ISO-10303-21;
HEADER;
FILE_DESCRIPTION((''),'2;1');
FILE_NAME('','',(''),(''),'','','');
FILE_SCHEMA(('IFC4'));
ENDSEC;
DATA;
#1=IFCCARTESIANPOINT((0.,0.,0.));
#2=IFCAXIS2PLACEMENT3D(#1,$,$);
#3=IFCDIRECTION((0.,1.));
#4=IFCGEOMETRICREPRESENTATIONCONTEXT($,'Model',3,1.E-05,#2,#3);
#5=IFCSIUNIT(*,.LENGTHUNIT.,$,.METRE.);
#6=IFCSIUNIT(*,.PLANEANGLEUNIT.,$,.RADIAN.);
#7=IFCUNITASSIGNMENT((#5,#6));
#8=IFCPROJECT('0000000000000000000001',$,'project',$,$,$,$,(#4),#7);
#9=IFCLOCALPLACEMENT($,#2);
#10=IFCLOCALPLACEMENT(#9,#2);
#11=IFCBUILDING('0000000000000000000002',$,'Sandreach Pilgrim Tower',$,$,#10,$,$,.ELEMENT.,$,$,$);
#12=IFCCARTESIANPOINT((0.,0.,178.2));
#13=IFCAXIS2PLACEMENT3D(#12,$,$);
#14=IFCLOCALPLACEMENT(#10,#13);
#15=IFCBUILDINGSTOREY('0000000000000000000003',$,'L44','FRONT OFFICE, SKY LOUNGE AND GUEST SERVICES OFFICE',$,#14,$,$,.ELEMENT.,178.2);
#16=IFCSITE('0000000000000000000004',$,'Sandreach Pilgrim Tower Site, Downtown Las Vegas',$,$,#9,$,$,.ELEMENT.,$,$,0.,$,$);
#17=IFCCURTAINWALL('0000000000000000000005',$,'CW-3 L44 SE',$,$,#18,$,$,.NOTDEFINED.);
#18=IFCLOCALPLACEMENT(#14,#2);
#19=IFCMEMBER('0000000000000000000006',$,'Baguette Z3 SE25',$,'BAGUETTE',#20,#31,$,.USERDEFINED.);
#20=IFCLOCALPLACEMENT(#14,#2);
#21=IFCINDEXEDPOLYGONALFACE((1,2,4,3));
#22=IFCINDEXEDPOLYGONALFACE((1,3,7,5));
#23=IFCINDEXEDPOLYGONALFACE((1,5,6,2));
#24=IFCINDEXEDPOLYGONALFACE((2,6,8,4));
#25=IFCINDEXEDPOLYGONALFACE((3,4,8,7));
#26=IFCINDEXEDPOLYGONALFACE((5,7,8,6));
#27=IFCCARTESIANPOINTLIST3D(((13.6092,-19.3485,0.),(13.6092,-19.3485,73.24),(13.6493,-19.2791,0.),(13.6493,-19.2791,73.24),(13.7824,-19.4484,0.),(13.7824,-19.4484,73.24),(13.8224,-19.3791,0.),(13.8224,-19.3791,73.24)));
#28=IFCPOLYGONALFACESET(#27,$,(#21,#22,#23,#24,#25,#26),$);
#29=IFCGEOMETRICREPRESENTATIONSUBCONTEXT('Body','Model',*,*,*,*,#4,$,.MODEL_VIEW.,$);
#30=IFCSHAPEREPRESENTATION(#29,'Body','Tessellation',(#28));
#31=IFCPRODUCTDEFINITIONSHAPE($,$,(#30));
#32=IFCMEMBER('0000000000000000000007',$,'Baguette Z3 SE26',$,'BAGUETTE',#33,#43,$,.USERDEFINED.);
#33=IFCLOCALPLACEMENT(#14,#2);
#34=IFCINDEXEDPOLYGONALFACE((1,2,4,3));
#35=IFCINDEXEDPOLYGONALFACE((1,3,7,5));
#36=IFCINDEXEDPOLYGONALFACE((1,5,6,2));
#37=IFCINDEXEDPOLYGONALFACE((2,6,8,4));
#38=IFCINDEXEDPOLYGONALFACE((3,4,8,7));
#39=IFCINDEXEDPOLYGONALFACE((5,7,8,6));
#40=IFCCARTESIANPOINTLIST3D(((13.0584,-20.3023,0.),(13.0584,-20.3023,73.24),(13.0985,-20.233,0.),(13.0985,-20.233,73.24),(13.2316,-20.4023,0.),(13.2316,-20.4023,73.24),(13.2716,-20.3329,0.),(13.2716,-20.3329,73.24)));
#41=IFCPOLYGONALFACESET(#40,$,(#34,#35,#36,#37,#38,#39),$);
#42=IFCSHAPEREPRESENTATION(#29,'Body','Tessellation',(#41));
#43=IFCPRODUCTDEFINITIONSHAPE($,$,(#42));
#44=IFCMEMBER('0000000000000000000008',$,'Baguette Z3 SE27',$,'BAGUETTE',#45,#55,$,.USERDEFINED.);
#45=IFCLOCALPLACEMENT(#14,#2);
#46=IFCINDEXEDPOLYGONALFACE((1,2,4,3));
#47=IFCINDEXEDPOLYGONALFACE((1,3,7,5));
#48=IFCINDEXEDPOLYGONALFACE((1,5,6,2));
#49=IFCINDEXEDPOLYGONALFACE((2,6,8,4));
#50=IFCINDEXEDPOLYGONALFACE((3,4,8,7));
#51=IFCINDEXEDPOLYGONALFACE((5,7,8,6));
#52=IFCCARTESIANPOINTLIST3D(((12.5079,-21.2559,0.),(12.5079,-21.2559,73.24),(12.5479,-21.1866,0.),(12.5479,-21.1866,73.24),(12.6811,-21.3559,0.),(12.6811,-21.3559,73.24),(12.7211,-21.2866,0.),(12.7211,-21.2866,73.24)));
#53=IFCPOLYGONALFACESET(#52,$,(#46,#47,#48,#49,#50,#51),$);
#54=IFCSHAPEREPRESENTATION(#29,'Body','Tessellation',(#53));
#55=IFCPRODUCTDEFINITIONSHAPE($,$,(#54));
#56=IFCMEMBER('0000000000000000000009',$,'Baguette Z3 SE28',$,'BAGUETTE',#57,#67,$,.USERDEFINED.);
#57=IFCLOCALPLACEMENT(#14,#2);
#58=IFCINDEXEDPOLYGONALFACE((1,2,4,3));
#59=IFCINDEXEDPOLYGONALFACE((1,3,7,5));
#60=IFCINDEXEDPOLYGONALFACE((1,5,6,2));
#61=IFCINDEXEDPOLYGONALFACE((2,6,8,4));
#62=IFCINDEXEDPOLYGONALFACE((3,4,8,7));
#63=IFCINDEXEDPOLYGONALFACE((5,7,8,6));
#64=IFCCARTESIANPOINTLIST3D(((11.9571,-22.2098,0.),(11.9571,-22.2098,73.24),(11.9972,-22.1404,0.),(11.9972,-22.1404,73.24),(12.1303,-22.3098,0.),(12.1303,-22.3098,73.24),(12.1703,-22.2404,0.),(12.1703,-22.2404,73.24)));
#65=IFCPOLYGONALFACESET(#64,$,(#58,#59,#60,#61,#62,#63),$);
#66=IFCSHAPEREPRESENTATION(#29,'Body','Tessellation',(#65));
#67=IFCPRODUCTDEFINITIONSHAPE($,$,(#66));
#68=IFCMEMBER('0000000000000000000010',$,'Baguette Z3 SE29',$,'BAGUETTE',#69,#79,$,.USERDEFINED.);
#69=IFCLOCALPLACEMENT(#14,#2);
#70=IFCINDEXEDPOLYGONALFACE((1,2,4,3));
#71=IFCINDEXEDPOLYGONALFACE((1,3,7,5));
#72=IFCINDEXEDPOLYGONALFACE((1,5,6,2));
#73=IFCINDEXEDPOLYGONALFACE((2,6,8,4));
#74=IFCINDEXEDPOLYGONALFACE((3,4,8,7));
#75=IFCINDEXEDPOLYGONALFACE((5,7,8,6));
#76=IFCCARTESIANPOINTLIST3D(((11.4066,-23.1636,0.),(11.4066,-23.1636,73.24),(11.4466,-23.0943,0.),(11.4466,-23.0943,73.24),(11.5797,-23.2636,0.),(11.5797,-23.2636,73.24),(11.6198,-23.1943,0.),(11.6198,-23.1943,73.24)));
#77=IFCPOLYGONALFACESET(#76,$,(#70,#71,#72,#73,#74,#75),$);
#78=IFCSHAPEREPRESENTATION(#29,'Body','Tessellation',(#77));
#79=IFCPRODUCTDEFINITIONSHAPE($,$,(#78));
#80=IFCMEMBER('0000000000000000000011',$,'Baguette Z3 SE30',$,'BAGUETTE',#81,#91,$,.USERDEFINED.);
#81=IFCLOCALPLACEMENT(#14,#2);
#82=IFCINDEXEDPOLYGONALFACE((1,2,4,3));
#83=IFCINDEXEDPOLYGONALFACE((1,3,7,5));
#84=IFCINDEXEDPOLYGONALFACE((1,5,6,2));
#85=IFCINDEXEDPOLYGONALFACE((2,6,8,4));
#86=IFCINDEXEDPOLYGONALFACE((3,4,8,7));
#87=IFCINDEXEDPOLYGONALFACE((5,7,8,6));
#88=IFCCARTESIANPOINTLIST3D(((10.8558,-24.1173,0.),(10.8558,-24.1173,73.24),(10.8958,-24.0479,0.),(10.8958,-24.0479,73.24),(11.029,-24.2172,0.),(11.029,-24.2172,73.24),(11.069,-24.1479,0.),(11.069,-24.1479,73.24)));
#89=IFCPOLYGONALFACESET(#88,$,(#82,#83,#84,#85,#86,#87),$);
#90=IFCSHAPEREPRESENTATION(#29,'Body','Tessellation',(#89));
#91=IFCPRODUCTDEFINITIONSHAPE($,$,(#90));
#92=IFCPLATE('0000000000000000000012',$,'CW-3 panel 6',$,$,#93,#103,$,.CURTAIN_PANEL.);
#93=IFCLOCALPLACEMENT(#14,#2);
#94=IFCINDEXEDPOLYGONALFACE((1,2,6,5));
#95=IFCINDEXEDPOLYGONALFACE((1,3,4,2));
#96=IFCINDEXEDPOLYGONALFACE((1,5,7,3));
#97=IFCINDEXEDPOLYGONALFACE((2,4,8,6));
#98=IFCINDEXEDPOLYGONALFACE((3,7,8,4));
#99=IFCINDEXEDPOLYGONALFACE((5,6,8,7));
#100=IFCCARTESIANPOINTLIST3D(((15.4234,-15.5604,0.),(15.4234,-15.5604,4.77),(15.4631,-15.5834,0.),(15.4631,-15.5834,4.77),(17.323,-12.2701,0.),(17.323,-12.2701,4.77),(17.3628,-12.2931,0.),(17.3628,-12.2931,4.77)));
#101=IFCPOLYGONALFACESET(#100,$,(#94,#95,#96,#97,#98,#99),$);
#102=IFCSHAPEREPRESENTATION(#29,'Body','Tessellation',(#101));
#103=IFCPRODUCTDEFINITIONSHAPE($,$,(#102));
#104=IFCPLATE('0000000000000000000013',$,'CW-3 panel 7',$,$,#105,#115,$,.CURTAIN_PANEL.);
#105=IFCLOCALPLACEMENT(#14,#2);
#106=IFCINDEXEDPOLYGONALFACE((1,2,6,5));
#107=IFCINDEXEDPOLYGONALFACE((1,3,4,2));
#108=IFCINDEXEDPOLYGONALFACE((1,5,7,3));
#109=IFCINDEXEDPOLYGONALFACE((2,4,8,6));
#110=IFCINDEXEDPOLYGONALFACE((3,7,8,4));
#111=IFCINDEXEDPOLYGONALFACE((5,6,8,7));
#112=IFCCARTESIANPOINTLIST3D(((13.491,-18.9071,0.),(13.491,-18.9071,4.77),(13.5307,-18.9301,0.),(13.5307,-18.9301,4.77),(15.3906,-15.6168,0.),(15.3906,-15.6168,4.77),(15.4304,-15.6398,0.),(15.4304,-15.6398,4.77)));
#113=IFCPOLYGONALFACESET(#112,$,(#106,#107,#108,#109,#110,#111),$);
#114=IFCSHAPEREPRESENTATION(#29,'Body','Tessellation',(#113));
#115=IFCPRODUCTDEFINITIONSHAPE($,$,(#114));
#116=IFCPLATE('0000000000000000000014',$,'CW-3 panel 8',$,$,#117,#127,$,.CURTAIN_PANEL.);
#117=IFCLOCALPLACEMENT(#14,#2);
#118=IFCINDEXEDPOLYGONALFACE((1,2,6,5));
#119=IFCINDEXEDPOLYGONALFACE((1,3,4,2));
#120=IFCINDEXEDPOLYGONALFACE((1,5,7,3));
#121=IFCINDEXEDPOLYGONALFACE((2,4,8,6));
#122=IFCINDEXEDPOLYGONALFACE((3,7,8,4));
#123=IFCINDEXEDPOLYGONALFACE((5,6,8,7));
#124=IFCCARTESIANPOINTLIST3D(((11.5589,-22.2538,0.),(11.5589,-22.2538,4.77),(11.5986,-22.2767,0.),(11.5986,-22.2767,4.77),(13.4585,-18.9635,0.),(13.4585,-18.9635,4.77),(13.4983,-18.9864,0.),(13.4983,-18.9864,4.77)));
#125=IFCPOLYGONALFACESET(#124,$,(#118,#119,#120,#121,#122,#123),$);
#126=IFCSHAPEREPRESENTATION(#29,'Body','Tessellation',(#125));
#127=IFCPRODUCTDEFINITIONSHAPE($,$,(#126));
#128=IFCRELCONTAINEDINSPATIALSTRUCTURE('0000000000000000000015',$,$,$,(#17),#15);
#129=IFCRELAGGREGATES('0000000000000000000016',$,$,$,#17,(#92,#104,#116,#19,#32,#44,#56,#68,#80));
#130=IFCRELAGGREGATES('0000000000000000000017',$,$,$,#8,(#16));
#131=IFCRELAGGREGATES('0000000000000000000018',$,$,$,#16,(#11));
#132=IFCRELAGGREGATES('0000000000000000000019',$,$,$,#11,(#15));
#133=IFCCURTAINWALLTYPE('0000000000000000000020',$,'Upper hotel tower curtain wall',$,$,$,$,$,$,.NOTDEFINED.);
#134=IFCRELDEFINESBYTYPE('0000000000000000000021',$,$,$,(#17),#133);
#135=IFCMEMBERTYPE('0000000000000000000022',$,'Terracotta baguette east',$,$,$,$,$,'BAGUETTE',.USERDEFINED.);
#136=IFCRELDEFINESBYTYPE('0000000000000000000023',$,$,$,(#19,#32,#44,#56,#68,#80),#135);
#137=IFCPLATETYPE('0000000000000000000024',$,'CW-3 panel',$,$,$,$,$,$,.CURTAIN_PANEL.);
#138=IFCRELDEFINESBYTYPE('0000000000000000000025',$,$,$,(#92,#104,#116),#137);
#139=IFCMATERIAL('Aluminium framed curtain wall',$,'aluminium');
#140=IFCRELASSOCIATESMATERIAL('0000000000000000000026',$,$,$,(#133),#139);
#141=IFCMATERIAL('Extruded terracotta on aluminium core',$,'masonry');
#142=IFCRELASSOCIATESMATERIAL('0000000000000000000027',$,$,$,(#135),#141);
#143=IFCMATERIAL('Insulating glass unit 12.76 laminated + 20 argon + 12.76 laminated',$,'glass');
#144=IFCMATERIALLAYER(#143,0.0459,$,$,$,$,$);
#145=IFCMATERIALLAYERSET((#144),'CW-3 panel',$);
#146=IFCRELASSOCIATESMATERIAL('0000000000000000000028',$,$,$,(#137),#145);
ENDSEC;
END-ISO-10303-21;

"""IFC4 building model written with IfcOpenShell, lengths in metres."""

from ifc_helpers import new_model, si_unit, direction, frame, origin, origin_2d, place, context, subcontext, project, spatial, rectangle, extrude, material, layer, layer_set, material_profile, profile_set, type_object, element, aggregate, save


model = new_model("IFC4")

# Units and contexts
model_context = context("Model", 3, precision=1e-05, world=origin(), true_north=direction((0.0, 1.0)))
body_context = subcontext(model_context, "Body", "Model", "MODEL_VIEW")
ifc_project = project(units=[si_unit("LENGTHUNIT", "METRE"), si_unit("PLANEANGLEUNIT", "RADIAN")], contexts=[model_context])

# Site, building, storey
site_placement = place(None, origin())
site = spatial("IfcSite", under=ifc_project, at=site_placement, Name="Sandreach Pilgrim Tower Site, Downtown Las Vegas", CompositionType="ELEMENT", RefElevation=0.0)
building_placement = place(site_placement, origin())
building = spatial("IfcBuilding", under=site, at=building_placement, Name="Sandreach Pilgrim Tower", CompositionType="ELEMENT")
storey_placement = place(building_placement, frame((0.0, 0.0, 178.2)))
storey = spatial("IfcBuildingStorey", under=building, at=storey_placement, Name="L44", Description="FRONT OFFICE, SKY LOUNGE AND GUEST SERVICES OFFICE", CompositionType="ELEMENT", Elevation=178.2)

# Curtain wall
ifc_material_1 = material(Name="Aluminium framed curtain wall", Category="aluminium")
curtain_wall_type = type_object("IfcCurtainWallType", Name="Upper hotel tower curtain wall", PredefinedType="NOTDEFINED", material=ifc_material_1)
curtain_wall_placement = place(storey_placement, origin())
curtain_wall = element("IfcCurtainWall", 1, at=curtain_wall_placement, inside=storey, type_object=curtain_wall_type, Name="CW-3 L44 SE", PredefinedType="NOTDEFINED")

# Members
ifc_material_2 = material(Name="Extruded terracotta on aluminium core", Category="masonry")
ifc_material_profile_1 = material_profile(ifc_material_2, rectangle(XDim=0.0801, YDim=0.2, at=origin_2d()), Name="TBE 80X200")
ifc_profile_set_1 = profile_set([ifc_material_profile_1], Name="Extruded terracotta on aluminium core")
member_type_1 = type_object("IfcMemberType", Name="Terracotta baguette east", ElementType="BAGUETTE", PredefinedType="USERDEFINED", material=ifc_profile_set_1)
member_1_placement = place(storey_placement, frame((13.7158, -19.3638, 0.0), z_axis=(0.0, 0.0, 1.0), x_axis=(-0.5, -0.866025, 0.0)))
member_1 = element("IfcMember", 2, at=member_1_placement, type_object=member_type_1, Name="Baguette Z3 SE25", ObjectType="BAGUETTE", PredefinedType="USERDEFINED", context=body_context, shape_type="SweptSolid", body=[
    extrude(rectangle(XDim=0.0801, YDim=0.2, at=origin_2d()), origin(), (0.0, 0.0, 1.0), 73.24),
])
member_2_placement = place(storey_placement, frame((13.165, -20.3176, 0.0), z_axis=(0.0, 0.0, 1.0), x_axis=(-0.5, -0.866025, 0.0)))
member_2 = element("IfcMember", 3, at=member_2_placement, type_object=member_type_1, Name="Baguette Z3 SE26", ObjectType="BAGUETTE", PredefinedType="USERDEFINED", context=body_context, shape_type="SweptSolid", body=[
    extrude(rectangle(XDim=0.0801, YDim=0.2, at=origin_2d()), origin(), (0.0, 0.0, 1.0), 73.24),
])
member_3_placement = place(storey_placement, frame((12.6145, -21.2712, 0.0), z_axis=(0.0, 0.0, 1.0), x_axis=(-0.5, -0.866025, 0.0)))
member_3 = element("IfcMember", 4, at=member_3_placement, type_object=member_type_1, Name="Baguette Z3 SE27", ObjectType="BAGUETTE", PredefinedType="USERDEFINED", context=body_context, shape_type="SweptSolid", body=[
    extrude(rectangle(XDim=0.0801, YDim=0.2, at=origin_2d()), origin(), (0.0, 0.0, 1.0), 73.24),
])
member_4_placement = place(storey_placement, frame((12.0637, -22.2251, 0.0), z_axis=(0.0, 0.0, 1.0), x_axis=(-0.5, -0.866025, 0.0)))
member_4 = element("IfcMember", 5, at=member_4_placement, type_object=member_type_1, Name="Baguette Z3 SE28", ObjectType="BAGUETTE", PredefinedType="USERDEFINED", context=body_context, shape_type="SweptSolid", body=[
    extrude(rectangle(XDim=0.0801, YDim=0.2, at=origin_2d()), origin(), (0.0, 0.0, 1.0), 73.24),
])
member_5_placement = place(storey_placement, frame((11.5132, -23.179, 0.0), z_axis=(0.0, 0.0, 1.0), x_axis=(-0.5, -0.866025, 0.0)))
member_5 = element("IfcMember", 6, at=member_5_placement, type_object=member_type_1, Name="Baguette Z3 SE29", ObjectType="BAGUETTE", PredefinedType="USERDEFINED", context=body_context, shape_type="SweptSolid", body=[
    extrude(rectangle(XDim=0.0801, YDim=0.2, at=origin_2d()), origin(), (0.0, 0.0, 1.0), 73.24),
])
member_6_placement = place(storey_placement, frame((10.9624, -24.1326, 0.0), z_axis=(0.0, 0.0, 1.0), x_axis=(-0.5, -0.866025, 0.0)))
member_6 = element("IfcMember", 7, at=member_6_placement, type_object=member_type_1, Name="Baguette Z3 SE30", ObjectType="BAGUETTE", PredefinedType="USERDEFINED", context=body_context, shape_type="SweptSolid", body=[
    extrude(rectangle(XDim=0.0801, YDim=0.2, at=origin_2d()), origin(), (0.0, 0.0, 1.0), 73.24),
])

# Plates
ifc_material_3 = material(Name="Insulating glass unit 12.76 laminated + 20 argon + 12.76 laminated", Category="glass")
ifc_layer = layer(ifc_material_3, 0.0459)
ifc_layer_set = layer_set([ifc_layer], Name="CW-3 panel")
plate_type = type_object("IfcPlateType", Name="CW-3 panel", PredefinedType="CURTAIN_PANEL", material=ifc_layer_set)
plate_1_placement = place(storey_placement, frame((16.3931, -13.9268, 0.0), z_axis=(0.0, 0.0, 1.0), x_axis=(-0.5, -0.866025, 0.0)))
plate_1 = element("IfcPlate", 8, at=plate_1_placement, type_object=plate_type, Name="CW-3 panel 6", PredefinedType="CURTAIN_PANEL", context=body_context, shape_type="SweptSolid", body=[
    extrude(rectangle(XDim=3.7993, YDim=0.0459, at=origin_2d()), origin(), (0.0, 0.0, 1.0), 4.77),
])
plate_2_placement = place(storey_placement, frame((14.4607, -17.2734, 0.0), z_axis=(0.0, 0.0, 1.0), x_axis=(-0.5, -0.866025, 0.0)))
plate_2 = element("IfcPlate", 9, at=plate_2_placement, type_object=plate_type, Name="CW-3 panel 7", PredefinedType="CURTAIN_PANEL", context=body_context, shape_type="SweptSolid", body=[
    extrude(rectangle(XDim=3.7993, YDim=0.0459, at=origin_2d()), origin(), (0.0, 0.0, 1.0), 4.77),
])
plate_3_placement = place(storey_placement, frame((12.5286, -20.6201, 0.0), z_axis=(0.0, 0.0, 1.0), x_axis=(-0.5, -0.866025, 0.0)))
plate_3 = element("IfcPlate", 10, at=plate_3_placement, type_object=plate_type, Name="CW-3 panel 8", PredefinedType="CURTAIN_PANEL", context=body_context, shape_type="SweptSolid", body=[
    extrude(rectangle(XDim=3.7993, YDim=0.0459, at=origin_2d()), origin(), (0.0, 0.0, 1.0), 4.77),
])
aggregate(curtain_wall, [plate_1, plate_2, plate_3, member_1, member_2, member_3, member_4, member_5, member_6])

save(model, "model.ifc")
